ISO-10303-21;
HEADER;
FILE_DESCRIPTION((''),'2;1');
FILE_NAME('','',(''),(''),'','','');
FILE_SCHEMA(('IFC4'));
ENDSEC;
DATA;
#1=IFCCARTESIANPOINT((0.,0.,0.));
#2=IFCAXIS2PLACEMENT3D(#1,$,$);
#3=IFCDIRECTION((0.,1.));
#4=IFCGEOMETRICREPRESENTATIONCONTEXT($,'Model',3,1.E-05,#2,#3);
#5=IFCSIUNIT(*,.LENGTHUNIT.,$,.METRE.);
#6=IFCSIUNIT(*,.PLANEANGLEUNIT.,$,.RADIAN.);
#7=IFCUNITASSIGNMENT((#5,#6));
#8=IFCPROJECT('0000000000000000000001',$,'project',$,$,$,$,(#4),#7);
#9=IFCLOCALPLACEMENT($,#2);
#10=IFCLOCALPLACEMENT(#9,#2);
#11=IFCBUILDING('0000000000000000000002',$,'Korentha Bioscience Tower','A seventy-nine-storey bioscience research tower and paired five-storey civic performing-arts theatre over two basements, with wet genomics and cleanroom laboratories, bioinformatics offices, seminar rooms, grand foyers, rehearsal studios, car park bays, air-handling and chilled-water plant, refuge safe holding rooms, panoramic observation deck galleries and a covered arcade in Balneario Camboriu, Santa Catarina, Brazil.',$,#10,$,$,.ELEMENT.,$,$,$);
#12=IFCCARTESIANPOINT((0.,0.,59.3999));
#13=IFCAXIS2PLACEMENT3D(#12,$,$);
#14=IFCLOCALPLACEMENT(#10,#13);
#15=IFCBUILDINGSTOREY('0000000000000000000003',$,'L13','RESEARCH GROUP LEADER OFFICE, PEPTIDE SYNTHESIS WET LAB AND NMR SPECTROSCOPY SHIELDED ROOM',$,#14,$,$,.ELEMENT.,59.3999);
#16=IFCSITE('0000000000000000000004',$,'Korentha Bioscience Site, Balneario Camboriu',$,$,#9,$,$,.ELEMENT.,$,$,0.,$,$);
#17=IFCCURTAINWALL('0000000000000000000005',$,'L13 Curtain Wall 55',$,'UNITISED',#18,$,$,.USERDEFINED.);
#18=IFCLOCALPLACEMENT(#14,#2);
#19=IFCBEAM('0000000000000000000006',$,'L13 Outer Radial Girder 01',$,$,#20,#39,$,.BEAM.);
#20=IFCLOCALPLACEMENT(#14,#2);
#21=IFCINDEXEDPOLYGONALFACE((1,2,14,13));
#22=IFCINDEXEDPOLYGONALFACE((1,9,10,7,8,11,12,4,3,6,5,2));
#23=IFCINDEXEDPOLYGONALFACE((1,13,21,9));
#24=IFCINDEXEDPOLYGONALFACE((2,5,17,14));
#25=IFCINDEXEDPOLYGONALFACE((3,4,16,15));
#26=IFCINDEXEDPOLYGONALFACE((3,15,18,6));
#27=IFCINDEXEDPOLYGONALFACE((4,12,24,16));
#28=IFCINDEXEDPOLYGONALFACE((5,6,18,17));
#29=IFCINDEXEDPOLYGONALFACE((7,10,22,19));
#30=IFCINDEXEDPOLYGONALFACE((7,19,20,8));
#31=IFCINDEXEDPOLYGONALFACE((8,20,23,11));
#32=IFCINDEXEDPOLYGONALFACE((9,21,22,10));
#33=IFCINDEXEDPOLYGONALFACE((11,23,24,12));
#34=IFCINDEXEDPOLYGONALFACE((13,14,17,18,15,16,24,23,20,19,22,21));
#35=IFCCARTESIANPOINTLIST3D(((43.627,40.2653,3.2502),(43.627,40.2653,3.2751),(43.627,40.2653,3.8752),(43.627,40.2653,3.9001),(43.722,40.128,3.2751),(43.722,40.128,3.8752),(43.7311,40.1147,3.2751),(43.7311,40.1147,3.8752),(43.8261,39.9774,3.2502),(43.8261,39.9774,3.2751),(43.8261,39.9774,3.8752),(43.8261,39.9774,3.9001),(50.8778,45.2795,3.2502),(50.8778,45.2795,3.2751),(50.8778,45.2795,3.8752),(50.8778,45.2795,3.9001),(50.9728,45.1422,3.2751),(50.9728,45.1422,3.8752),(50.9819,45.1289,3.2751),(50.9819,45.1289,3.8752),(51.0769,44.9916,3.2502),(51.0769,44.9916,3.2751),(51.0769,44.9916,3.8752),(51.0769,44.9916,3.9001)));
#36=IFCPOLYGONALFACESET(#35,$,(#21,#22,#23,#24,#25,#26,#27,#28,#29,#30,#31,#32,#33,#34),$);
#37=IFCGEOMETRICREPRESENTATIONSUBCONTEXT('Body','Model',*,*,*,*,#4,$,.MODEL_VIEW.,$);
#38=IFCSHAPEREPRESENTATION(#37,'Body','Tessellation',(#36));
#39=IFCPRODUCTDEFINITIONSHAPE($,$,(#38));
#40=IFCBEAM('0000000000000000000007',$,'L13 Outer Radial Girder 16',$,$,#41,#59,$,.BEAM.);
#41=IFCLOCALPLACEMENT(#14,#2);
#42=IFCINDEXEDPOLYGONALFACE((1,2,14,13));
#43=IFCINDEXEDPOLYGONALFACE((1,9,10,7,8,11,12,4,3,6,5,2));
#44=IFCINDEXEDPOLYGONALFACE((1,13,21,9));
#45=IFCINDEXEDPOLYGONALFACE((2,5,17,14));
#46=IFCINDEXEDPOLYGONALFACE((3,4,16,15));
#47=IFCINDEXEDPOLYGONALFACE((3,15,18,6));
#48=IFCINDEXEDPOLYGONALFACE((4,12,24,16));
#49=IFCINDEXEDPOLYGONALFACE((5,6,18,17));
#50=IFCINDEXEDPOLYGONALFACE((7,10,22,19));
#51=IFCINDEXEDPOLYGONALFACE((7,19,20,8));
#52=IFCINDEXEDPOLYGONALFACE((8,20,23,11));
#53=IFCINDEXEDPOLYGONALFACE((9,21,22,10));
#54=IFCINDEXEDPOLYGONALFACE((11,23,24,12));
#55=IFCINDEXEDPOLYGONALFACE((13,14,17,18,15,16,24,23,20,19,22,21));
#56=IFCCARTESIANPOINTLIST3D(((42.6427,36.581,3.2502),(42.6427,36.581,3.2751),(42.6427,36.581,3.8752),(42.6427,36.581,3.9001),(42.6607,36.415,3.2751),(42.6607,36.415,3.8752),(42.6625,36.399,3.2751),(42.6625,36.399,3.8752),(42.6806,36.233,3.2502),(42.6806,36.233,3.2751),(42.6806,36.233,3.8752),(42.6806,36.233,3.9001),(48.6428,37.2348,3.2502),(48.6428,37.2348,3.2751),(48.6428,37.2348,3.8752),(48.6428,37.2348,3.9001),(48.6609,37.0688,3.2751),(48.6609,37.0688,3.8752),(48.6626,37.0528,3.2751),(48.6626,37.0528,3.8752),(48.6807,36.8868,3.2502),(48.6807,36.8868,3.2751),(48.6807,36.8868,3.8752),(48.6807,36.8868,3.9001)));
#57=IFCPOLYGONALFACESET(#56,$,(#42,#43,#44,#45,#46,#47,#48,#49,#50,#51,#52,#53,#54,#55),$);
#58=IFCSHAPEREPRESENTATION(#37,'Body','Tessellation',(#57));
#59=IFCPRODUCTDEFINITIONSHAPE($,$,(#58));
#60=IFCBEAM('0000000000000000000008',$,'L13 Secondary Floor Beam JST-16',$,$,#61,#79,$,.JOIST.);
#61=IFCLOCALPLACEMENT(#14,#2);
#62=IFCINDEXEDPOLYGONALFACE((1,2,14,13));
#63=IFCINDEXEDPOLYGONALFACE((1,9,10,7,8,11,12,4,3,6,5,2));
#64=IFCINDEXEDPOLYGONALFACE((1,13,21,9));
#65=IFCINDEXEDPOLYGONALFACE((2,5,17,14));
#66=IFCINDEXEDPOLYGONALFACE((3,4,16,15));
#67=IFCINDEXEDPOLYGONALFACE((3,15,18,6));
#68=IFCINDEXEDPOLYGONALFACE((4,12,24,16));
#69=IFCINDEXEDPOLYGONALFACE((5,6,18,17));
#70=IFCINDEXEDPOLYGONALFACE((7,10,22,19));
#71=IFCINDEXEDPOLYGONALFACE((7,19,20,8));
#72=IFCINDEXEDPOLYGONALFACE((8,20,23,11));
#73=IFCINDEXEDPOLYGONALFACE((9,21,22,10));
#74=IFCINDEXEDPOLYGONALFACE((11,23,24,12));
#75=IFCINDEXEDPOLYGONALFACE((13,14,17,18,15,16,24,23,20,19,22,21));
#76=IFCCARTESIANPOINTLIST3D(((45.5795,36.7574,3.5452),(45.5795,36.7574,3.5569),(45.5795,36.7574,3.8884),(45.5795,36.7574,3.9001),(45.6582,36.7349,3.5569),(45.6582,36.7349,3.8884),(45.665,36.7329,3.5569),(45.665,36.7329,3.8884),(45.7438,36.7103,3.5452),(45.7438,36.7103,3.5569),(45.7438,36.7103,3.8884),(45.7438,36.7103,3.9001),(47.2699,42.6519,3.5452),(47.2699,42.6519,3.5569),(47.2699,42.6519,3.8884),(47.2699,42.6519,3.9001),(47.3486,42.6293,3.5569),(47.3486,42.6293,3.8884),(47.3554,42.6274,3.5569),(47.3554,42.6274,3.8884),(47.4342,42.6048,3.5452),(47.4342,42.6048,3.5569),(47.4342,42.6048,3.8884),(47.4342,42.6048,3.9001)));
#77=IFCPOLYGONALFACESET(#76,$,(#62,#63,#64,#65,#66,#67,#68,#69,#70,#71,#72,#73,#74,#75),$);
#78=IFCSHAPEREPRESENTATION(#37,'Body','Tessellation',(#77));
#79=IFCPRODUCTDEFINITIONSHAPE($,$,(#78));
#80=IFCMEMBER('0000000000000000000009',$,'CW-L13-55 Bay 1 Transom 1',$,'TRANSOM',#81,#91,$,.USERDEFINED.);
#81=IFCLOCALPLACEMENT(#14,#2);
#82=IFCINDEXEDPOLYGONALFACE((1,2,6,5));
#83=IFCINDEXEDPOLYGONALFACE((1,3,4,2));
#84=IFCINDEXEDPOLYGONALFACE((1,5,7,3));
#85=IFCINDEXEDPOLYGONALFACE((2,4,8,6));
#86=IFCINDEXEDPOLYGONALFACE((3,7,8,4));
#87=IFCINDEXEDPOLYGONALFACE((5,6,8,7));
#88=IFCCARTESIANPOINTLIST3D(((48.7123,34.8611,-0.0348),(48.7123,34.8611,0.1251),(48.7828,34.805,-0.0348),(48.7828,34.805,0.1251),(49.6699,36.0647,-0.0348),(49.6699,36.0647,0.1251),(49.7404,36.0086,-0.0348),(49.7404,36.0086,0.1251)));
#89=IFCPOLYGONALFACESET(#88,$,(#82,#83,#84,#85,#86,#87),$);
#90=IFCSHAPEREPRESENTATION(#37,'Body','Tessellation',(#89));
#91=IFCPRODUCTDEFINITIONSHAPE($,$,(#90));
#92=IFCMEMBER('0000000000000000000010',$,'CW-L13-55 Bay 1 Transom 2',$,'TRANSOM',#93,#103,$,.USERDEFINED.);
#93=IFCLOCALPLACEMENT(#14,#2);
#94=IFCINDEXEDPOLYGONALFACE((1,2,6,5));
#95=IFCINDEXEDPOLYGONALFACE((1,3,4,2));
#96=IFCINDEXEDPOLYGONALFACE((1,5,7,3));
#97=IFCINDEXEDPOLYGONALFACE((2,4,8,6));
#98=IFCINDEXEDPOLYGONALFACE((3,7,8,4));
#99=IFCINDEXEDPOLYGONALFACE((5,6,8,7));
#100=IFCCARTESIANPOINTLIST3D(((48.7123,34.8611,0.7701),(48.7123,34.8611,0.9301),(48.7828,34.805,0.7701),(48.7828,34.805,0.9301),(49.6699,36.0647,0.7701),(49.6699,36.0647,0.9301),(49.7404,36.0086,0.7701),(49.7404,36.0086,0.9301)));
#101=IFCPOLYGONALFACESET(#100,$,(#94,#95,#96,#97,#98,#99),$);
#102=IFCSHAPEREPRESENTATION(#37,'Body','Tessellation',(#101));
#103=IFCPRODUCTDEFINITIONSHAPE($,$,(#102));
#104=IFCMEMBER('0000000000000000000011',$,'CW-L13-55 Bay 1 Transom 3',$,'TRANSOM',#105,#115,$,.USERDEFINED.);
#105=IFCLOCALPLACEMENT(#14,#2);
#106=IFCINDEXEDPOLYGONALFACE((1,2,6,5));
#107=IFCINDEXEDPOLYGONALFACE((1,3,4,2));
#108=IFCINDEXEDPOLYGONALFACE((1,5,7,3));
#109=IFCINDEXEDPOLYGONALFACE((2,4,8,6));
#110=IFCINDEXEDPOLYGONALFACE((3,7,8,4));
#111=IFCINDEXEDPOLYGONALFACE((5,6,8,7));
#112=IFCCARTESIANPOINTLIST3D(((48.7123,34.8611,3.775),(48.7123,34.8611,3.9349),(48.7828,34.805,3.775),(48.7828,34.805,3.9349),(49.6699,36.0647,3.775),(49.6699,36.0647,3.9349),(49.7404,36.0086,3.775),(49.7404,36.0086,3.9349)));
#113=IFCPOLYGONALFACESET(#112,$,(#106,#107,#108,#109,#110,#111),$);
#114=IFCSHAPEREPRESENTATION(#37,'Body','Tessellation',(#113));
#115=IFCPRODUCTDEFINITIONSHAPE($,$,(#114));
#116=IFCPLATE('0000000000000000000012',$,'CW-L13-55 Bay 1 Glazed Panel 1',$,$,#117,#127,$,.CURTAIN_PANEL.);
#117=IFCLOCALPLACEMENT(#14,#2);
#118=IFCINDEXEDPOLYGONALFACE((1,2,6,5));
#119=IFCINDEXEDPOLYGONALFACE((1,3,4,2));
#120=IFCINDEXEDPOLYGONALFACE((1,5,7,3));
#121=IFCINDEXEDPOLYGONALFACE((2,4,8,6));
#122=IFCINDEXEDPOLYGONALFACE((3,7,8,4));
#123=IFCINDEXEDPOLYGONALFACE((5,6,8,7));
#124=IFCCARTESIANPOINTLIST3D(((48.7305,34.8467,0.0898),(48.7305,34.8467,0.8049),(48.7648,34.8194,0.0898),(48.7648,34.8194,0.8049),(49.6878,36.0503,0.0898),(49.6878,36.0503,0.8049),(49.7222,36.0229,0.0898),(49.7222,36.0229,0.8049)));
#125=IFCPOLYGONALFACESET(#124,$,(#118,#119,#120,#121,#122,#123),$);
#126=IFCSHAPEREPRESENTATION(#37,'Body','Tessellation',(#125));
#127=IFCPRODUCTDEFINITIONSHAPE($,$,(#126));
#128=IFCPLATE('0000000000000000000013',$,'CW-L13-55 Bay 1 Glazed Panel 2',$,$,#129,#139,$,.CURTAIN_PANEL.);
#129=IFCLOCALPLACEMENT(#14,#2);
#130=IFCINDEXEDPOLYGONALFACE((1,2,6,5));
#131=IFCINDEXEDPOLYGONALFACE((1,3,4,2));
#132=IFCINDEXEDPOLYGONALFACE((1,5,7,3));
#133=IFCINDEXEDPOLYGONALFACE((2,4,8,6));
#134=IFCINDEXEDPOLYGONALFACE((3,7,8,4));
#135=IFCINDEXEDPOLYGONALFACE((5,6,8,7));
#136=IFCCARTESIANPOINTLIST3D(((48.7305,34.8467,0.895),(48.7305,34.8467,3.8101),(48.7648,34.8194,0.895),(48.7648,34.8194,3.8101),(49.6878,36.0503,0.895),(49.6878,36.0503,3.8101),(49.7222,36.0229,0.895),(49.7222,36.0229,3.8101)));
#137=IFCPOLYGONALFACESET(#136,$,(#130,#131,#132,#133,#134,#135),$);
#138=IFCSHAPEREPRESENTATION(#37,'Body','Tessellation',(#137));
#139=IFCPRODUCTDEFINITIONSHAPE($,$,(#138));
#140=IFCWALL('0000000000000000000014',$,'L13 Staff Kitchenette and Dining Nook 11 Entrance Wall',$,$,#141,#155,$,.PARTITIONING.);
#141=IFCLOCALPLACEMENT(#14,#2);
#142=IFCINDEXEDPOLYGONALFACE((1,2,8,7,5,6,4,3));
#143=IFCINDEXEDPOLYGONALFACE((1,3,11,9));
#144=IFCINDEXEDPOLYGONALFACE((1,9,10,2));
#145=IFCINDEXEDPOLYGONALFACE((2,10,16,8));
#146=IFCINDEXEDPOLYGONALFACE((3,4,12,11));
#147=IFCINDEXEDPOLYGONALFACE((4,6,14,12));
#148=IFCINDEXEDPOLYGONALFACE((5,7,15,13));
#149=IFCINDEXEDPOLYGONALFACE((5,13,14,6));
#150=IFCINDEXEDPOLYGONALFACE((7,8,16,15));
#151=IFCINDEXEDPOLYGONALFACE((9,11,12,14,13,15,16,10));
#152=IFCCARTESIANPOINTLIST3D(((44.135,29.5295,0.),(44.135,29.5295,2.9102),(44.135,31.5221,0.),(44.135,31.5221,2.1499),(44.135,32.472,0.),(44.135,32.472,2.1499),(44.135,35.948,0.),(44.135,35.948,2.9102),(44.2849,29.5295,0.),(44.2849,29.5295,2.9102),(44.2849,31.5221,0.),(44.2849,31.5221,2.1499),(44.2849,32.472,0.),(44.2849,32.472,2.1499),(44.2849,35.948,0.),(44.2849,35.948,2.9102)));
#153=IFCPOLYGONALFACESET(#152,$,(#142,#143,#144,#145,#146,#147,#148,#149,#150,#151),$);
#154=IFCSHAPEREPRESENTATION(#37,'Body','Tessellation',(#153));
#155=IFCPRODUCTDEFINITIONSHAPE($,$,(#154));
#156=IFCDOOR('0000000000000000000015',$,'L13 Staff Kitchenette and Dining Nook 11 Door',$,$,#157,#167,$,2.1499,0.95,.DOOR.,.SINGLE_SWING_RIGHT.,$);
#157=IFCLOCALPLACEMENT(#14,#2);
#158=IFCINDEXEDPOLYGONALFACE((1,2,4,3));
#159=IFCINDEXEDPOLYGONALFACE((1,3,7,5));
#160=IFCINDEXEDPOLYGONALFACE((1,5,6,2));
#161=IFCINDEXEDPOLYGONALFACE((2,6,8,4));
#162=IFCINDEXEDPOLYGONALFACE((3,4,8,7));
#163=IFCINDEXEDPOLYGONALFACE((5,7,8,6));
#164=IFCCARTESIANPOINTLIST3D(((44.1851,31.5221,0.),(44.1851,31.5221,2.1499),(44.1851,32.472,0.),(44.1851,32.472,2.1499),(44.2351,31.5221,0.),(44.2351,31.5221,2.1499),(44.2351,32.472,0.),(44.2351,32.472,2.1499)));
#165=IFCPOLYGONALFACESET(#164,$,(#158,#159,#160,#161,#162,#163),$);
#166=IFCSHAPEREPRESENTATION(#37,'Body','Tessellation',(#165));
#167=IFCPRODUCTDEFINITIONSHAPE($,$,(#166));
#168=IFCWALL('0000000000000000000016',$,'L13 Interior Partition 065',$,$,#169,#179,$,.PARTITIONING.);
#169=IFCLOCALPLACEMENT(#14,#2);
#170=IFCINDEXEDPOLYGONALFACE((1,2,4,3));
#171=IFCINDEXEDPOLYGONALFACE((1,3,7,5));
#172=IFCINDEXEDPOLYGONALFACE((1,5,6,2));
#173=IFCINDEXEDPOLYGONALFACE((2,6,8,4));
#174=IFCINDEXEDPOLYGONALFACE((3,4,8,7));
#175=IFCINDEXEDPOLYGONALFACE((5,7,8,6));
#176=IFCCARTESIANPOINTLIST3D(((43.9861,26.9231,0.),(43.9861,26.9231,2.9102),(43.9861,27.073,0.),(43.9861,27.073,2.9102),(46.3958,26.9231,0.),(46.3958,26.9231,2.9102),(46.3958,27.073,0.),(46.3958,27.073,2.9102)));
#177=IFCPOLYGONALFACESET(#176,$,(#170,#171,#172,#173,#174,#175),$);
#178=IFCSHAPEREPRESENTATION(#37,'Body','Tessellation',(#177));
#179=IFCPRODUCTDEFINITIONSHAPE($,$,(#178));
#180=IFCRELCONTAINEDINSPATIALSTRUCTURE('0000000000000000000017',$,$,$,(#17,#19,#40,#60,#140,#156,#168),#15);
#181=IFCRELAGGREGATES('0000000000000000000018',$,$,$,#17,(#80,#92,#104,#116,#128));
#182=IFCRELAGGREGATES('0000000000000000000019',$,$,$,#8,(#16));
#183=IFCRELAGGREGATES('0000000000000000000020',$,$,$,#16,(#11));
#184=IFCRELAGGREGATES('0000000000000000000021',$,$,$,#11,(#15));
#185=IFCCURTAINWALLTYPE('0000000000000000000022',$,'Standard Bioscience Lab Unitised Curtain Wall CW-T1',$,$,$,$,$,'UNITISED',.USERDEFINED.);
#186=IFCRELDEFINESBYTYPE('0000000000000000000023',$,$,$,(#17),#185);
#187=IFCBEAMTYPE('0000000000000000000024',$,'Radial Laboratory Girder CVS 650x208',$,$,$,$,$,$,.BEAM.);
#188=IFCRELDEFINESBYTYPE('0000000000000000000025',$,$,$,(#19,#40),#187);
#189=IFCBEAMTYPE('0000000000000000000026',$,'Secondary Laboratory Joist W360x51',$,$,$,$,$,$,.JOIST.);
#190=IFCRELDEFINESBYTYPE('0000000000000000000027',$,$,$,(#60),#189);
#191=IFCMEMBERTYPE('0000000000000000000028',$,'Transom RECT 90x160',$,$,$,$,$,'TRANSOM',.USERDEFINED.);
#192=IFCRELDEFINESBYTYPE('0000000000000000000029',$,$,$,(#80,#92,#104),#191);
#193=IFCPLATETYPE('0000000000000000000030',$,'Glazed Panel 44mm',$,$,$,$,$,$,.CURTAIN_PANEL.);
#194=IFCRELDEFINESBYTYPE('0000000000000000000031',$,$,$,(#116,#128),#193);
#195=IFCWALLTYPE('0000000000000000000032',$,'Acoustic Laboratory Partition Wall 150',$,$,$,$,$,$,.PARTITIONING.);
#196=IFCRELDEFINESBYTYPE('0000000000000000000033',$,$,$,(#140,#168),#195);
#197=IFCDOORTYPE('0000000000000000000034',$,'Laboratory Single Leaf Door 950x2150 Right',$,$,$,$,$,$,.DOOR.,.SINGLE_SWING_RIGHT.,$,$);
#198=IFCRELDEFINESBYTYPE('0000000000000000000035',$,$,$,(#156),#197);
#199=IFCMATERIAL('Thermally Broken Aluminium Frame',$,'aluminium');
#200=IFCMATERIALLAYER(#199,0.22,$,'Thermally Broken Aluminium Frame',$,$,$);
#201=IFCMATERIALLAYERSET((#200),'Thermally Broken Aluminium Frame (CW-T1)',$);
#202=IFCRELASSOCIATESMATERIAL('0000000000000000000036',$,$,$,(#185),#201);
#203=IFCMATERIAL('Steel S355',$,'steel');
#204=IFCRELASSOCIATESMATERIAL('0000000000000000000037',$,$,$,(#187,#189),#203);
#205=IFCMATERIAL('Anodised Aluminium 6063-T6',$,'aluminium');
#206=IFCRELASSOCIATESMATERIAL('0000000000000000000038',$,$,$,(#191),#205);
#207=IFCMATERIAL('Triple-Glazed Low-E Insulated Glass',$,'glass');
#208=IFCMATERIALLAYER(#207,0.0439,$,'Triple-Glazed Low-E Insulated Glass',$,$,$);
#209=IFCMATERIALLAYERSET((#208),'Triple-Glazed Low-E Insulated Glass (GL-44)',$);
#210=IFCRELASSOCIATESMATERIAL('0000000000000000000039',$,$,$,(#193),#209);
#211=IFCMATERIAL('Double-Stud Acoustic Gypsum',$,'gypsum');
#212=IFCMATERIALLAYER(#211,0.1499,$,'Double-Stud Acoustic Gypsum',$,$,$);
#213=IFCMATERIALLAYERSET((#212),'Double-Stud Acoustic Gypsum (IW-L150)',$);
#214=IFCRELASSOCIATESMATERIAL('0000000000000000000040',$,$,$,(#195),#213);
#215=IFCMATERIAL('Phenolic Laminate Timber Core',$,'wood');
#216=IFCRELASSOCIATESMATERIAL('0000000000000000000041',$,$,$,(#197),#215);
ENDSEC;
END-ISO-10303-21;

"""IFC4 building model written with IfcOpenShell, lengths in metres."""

from ifc_helpers import new_model, si_unit, direction, frame, frame_2d, origin, origin_2d, place, context, subcontext, project, spatial, rectangle, i_section, extrude, material, layer, layer_set, material_profile, profile_set, type_object, element, fill, aggregate, save


model = new_model("IFC4")

# Units and contexts
model_context = context("Model", 3, precision=1e-05, world=origin(), true_north=direction((0.0, 1.0)))
body_context = subcontext(model_context, "Body", "Model", "MODEL_VIEW")
ifc_project = project(units=[si_unit("LENGTHUNIT", "METRE"), si_unit("PLANEANGLEUNIT", "RADIAN")], contexts=[model_context])

# Site, building, storey
site_placement = place(None, origin())
site = spatial("IfcSite", under=ifc_project, at=site_placement, Name="Korentha Bioscience Site, Balneario Camboriu", CompositionType="ELEMENT", RefElevation=0.0)
building_placement = place(site_placement, origin())
building = spatial("IfcBuilding", under=site, at=building_placement, Name="Korentha Bioscience Tower", Description="A seventy-nine-storey bioscience research tower and paired five-storey civic performing-arts theatre over two basements, with wet genomics and cleanroom laboratories, bioinformatics offices, seminar rooms, grand foyers, rehearsal studios, car park bays, air-handling and chilled-water plant, refuge safe holding rooms, panoramic observation deck galleries and a covered arcade in Balneario Camboriu, Santa Catarina, Brazil.", CompositionType="ELEMENT")
storey_placement = place(building_placement, frame((0.0, 0.0, 59.3999)))
storey = spatial("IfcBuildingStorey", under=building, at=storey_placement, Name="L13", Description="RESEARCH GROUP LEADER OFFICE, PEPTIDE SYNTHESIS WET LAB AND NMR SPECTROSCOPY SHIELDED ROOM", CompositionType="ELEMENT", Elevation=59.3999)

# Shared definitions
ifc_material_1 = material(Name="Steel S355", Category="steel")

# Curtain wall
ifc_material_2 = material(Name="Thermally Broken Aluminium Frame", Category="aluminium")
ifc_layer_1 = layer(ifc_material_2, 0.22, Name="Thermally Broken Aluminium Frame")
ifc_layer_set_1 = layer_set([ifc_layer_1], Name="Thermally Broken Aluminium Frame (CW-T1)")
curtain_wall_type = type_object("IfcCurtainWallType", Name="Standard Bioscience Lab Unitised Curtain Wall CW-T1", ElementType="UNITISED", PredefinedType="USERDEFINED", material=ifc_layer_set_1)
curtain_wall_placement = place(storey_placement, origin())
curtain_wall = element("IfcCurtainWall", 1, at=curtain_wall_placement, inside=storey, type_object=curtain_wall_type, Name="L13 Curtain Wall 55", ObjectType="UNITISED", PredefinedType="USERDEFINED")
ifc_material_3 = material(Name="Anodised Aluminium 6063-T6", Category="aluminium")

# Beams
ifc_material_profile_1 = material_profile(ifc_material_1, i_section(OverallWidth=0.3501, OverallDepth=0.6499, WebThickness=0.0161, FlangeThickness=0.0249, at=origin_2d()), Name="Steel S355")
ifc_profile_set_1 = profile_set([ifc_material_profile_1], Name="Steel S355 (RB-650)")
beam_type_1 = type_object("IfcBeamType", Name="Radial Laboratory Girder CVS 650x208", PredefinedType="BEAM", material=ifc_profile_set_1)
beam_1_placement = place(storey_placement, frame((43.7266, 40.1213, 3.5752), z_axis=(0.822488, 0.568782, 0.0), x_axis=(-0.568782, 0.822488, 0.0)))
element("IfcBeam", 2, at=beam_1_placement, inside=storey, type_object=beam_type_1, Name="L13 Outer Radial Girder 01", PredefinedType="BEAM", context=body_context, shape_type="SweptSolid", body=[
    extrude(i_section(OverallWidth=0.3501, OverallDepth=0.6499, WebThickness=0.0161, FlangeThickness=0.0249, at=origin_2d()), origin(), (0.0, 0.0, 1.0), 8.8157),
])
beam_2_placement = place(storey_placement, frame((42.6616, 36.407, 3.5752), z_axis=(0.994116, 0.108323, 0.0), x_axis=(-0.108323, 0.994116, 0.0)))
element("IfcBeam", 3, at=beam_2_placement, inside=storey, type_object=beam_type_1, Name="L13 Outer Radial Girder 16", PredefinedType="BEAM", context=body_context, shape_type="SweptSolid", body=[
    extrude(i_section(OverallWidth=0.3501, OverallDepth=0.6499, WebThickness=0.0161, FlangeThickness=0.0249, at=origin_2d()), origin(), (0.0, 0.0, 1.0), 6.0356),
])
ifc_material_profile_2 = material_profile(ifc_material_1, i_section(OverallWidth=0.1709, OverallDepth=0.355, WebThickness=0.0071, FlangeThickness=0.0117, at=origin_2d()), Name="Steel S355")
ifc_profile_set_2 = profile_set([ifc_material_profile_2], Name="Steel S355 (JB-360)")
beam_type_2 = type_object("IfcBeamType", Name="Secondary Laboratory Joist W360x51", PredefinedType="JOIST", material=ifc_profile_set_2)
beam_3_placement = place(storey_placement, frame((45.6616, 36.7339, 3.7227), z_axis=(0.275668, 0.961253, 0.0), x_axis=(-0.961253, 0.275668, 0.0)))
element("IfcBeam", 4, at=beam_3_placement, inside=storey, type_object=beam_type_2, Name="L13 Secondary Floor Beam JST-16", PredefinedType="JOIST", context=body_context, shape_type="SweptSolid", body=[
    extrude(i_section(OverallWidth=0.1709, OverallDepth=0.355, WebThickness=0.0071, FlangeThickness=0.0117, at=origin_2d()), origin(), (0.0, 0.0, 1.0), 6.1321),
])

# Members
ifc_material_profile_3 = material_profile(ifc_material_3, rectangle(XDim=0.0901, YDim=0.1599, at=origin_2d()), Name="Anodised Aluminium 6063-T6")
ifc_profile_set_3 = profile_set([ifc_material_profile_3], Name="Anodised Aluminium 6063-T6 (CW-TRN)")
member_type_1 = type_object("IfcMemberType", Name="Transom RECT 90x160", ElementType="TRANSOM", PredefinedType="USERDEFINED", material=ifc_profile_set_3)
member_1_placement = place(storey_placement, frame((48.7476, 34.833, 0.0452), z_axis=(0.622563, 0.782569, 0.0), x_axis=(-0.782569, 0.622563, 0.0)))
member_1 = element("IfcMember", 5, at=member_1_placement, type_object=member_type_1, Name="CW-L13-55 Bay 1 Transom 1", ObjectType="TRANSOM", PredefinedType="USERDEFINED", context=body_context, shape_type="SweptSolid", body=[
    extrude(rectangle(XDim=0.0901, YDim=0.1599, at=origin_2d()), origin(), (0.0, 0.0, 1.0), 1.5381),
])
member_2_placement = place(storey_placement, frame((48.7476, 34.833, 0.8501), z_axis=(0.622563, 0.782569, 0.0), x_axis=(-0.782569, 0.622563, 0.0)))
member_2 = element("IfcMember", 6, at=member_2_placement, type_object=member_type_1, Name="CW-L13-55 Bay 1 Transom 2", ObjectType="TRANSOM", PredefinedType="USERDEFINED", context=body_context, shape_type="SweptSolid", body=[
    extrude(rectangle(XDim=0.0901, YDim=0.1599, at=origin_2d()), origin(), (0.0, 0.0, 1.0), 1.5381),
])
member_3_placement = place(storey_placement, frame((48.7476, 34.833, 3.855), z_axis=(0.622563, 0.782569, 0.0), x_axis=(-0.782569, 0.622563, 0.0)))
member_3 = element("IfcMember", 7, at=member_3_placement, type_object=member_type_1, Name="CW-L13-55 Bay 1 Transom 3", ObjectType="TRANSOM", PredefinedType="USERDEFINED", context=body_context, shape_type="SweptSolid", body=[
    extrude(rectangle(XDim=0.0901, YDim=0.1599, at=origin_2d()), origin(), (0.0, 0.0, 1.0), 1.5381),
])

# Plates
ifc_material_4 = material(Name="Triple-Glazed Low-E Insulated Glass", Category="glass")
ifc_layer_2 = layer(ifc_material_4, 0.0439, Name="Triple-Glazed Low-E Insulated Glass")
ifc_layer_set_2 = layer_set([ifc_layer_2], Name="Triple-Glazed Low-E Insulated Glass (GL-44)")
plate_type = type_object("IfcPlateType", Name="Glazed Panel 44mm", PredefinedType="CURTAIN_PANEL", material=ifc_layer_set_2)
plate_1_placement = place(storey_placement, frame((49.2263, 35.4348, 0.0898), z_axis=(0.0, 0.0, 1.0), x_axis=(0.62252, 0.782604, 0.0)))
plate_1 = element("IfcPlate", 8, at=plate_1_placement, type_object=plate_type, Name="CW-L13-55 Bay 1 Glazed Panel 1", PredefinedType="CURTAIN_PANEL", context=body_context, shape_type="SweptSolid", body=[
    extrude(rectangle(XDim=1.5378, YDim=0.0439, at=origin_2d()), origin(), (0.0, 0.0, 1.0), 0.7151),
])
plate_2_placement = place(storey_placement, frame((49.2263, 35.4348, 0.895), z_axis=(0.0, 0.0, 1.0), x_axis=(0.62252, 0.782604, 0.0)))
plate_2 = element("IfcPlate", 9, at=plate_2_placement, type_object=plate_type, Name="CW-L13-55 Bay 1 Glazed Panel 2", PredefinedType="CURTAIN_PANEL", context=body_context, shape_type="SweptSolid", body=[
    extrude(rectangle(XDim=1.5378, YDim=0.0439, at=origin_2d()), origin(), (0.0, 0.0, 1.0), 2.915),
])
aggregate(curtain_wall, [member_1, member_2, member_3, plate_1, plate_2])

# Wall, opening, door
ifc_material_5 = material(Name="Double-Stud Acoustic Gypsum", Category="gypsum")
ifc_layer_3 = layer(ifc_material_5, 0.1499, Name="Double-Stud Acoustic Gypsum")
ifc_layer_set_3 = layer_set([ifc_layer_3], Name="Double-Stud Acoustic Gypsum (IW-L150)")
wall_type_1 = type_object("IfcWallType", Name="Acoustic Laboratory Partition Wall 150", PredefinedType="PARTITIONING", material=ifc_layer_set_3)
wall_1_placement = place(storey_placement, frame((44.21, 29.5295, 0.0), z_axis=(0.0, 0.0, 1.0), x_axis=(0.0, 1.0, 0.0)))
wall_1 = element("IfcWall", 10, at=wall_1_placement, inside=storey, type_object=wall_type_1, Name="L13 Staff Kitchenette and Dining Nook 11 Entrance Wall", PredefinedType="PARTITIONING", context=body_context, shape_type="SweptSolid", body=[
    extrude(rectangle(XDim=6.4185, YDim=0.1499, at=frame_2d((3.2092, 0.0))), origin(), (0.0, 0.0, 1.0), 2.9102),
])
opening_placement = place(wall_1_placement, frame((1.9924, 0.0, 0.0)))
opening = element("IfcOpeningElement", 11, at=opening_placement, cuts=wall_1, PredefinedType="OPENING", context=body_context, shape_type="SweptSolid", body=[
    extrude(rectangle(XDim=0.95, YDim=2.1499, at=frame_2d((0.4751, 1.075))), frame((0.0, 0.0898, 0.0), z_axis=(0.0, -1.0, 0.0), x_axis=(1.0, 0.0, 0.0)), (0.0, 0.0, 1.0), 0.1797),
])
ifc_material_6 = material(Name="Phenolic Laminate Timber Core", Category="wood")
door_type = type_object("IfcDoorType", Name="Laboratory Single Leaf Door 950x2150 Right", OperationType="SINGLE_SWING_RIGHT", PredefinedType="DOOR", material=ifc_material_6)
door_placement = place(opening_placement, origin())
door = element("IfcDoor", 12, at=door_placement, inside=storey, type_object=door_type, Name="L13 Staff Kitchenette and Dining Nook 11 Door", OperationType="SINGLE_SWING_RIGHT", OverallHeight=2.1499, OverallWidth=0.95, PredefinedType="DOOR", context=body_context, shape_type="SweptSolid", body=[
    extrude(rectangle(XDim=0.95, YDim=2.1499, at=frame_2d((0.4751, 1.075))), frame((0.0, 0.0249, 0.0), z_axis=(0.0, -1.0, 0.0), x_axis=(1.0, 0.0, 0.0)), (0.0, 0.0, 1.0), 0.05),
])
fill(opening, door)

# Wall
wall_2_placement = place(storey_placement, frame((43.9861, 26.998, 0.0), z_axis=(0.0, 0.0, 1.0), x_axis=(1.0, 0.0, 0.0)))
element("IfcWall", 13, at=wall_2_placement, inside=storey, type_object=wall_type_1, Name="L13 Interior Partition 065", PredefinedType="PARTITIONING", context=body_context, shape_type="SweptSolid", body=[
    extrude(rectangle(XDim=2.4097, YDim=0.1499, at=frame_2d((1.2048, 0.0))), origin(), (0.0, 0.0, 1.0), 2.9102),
])

save(model, "model.ifc")
